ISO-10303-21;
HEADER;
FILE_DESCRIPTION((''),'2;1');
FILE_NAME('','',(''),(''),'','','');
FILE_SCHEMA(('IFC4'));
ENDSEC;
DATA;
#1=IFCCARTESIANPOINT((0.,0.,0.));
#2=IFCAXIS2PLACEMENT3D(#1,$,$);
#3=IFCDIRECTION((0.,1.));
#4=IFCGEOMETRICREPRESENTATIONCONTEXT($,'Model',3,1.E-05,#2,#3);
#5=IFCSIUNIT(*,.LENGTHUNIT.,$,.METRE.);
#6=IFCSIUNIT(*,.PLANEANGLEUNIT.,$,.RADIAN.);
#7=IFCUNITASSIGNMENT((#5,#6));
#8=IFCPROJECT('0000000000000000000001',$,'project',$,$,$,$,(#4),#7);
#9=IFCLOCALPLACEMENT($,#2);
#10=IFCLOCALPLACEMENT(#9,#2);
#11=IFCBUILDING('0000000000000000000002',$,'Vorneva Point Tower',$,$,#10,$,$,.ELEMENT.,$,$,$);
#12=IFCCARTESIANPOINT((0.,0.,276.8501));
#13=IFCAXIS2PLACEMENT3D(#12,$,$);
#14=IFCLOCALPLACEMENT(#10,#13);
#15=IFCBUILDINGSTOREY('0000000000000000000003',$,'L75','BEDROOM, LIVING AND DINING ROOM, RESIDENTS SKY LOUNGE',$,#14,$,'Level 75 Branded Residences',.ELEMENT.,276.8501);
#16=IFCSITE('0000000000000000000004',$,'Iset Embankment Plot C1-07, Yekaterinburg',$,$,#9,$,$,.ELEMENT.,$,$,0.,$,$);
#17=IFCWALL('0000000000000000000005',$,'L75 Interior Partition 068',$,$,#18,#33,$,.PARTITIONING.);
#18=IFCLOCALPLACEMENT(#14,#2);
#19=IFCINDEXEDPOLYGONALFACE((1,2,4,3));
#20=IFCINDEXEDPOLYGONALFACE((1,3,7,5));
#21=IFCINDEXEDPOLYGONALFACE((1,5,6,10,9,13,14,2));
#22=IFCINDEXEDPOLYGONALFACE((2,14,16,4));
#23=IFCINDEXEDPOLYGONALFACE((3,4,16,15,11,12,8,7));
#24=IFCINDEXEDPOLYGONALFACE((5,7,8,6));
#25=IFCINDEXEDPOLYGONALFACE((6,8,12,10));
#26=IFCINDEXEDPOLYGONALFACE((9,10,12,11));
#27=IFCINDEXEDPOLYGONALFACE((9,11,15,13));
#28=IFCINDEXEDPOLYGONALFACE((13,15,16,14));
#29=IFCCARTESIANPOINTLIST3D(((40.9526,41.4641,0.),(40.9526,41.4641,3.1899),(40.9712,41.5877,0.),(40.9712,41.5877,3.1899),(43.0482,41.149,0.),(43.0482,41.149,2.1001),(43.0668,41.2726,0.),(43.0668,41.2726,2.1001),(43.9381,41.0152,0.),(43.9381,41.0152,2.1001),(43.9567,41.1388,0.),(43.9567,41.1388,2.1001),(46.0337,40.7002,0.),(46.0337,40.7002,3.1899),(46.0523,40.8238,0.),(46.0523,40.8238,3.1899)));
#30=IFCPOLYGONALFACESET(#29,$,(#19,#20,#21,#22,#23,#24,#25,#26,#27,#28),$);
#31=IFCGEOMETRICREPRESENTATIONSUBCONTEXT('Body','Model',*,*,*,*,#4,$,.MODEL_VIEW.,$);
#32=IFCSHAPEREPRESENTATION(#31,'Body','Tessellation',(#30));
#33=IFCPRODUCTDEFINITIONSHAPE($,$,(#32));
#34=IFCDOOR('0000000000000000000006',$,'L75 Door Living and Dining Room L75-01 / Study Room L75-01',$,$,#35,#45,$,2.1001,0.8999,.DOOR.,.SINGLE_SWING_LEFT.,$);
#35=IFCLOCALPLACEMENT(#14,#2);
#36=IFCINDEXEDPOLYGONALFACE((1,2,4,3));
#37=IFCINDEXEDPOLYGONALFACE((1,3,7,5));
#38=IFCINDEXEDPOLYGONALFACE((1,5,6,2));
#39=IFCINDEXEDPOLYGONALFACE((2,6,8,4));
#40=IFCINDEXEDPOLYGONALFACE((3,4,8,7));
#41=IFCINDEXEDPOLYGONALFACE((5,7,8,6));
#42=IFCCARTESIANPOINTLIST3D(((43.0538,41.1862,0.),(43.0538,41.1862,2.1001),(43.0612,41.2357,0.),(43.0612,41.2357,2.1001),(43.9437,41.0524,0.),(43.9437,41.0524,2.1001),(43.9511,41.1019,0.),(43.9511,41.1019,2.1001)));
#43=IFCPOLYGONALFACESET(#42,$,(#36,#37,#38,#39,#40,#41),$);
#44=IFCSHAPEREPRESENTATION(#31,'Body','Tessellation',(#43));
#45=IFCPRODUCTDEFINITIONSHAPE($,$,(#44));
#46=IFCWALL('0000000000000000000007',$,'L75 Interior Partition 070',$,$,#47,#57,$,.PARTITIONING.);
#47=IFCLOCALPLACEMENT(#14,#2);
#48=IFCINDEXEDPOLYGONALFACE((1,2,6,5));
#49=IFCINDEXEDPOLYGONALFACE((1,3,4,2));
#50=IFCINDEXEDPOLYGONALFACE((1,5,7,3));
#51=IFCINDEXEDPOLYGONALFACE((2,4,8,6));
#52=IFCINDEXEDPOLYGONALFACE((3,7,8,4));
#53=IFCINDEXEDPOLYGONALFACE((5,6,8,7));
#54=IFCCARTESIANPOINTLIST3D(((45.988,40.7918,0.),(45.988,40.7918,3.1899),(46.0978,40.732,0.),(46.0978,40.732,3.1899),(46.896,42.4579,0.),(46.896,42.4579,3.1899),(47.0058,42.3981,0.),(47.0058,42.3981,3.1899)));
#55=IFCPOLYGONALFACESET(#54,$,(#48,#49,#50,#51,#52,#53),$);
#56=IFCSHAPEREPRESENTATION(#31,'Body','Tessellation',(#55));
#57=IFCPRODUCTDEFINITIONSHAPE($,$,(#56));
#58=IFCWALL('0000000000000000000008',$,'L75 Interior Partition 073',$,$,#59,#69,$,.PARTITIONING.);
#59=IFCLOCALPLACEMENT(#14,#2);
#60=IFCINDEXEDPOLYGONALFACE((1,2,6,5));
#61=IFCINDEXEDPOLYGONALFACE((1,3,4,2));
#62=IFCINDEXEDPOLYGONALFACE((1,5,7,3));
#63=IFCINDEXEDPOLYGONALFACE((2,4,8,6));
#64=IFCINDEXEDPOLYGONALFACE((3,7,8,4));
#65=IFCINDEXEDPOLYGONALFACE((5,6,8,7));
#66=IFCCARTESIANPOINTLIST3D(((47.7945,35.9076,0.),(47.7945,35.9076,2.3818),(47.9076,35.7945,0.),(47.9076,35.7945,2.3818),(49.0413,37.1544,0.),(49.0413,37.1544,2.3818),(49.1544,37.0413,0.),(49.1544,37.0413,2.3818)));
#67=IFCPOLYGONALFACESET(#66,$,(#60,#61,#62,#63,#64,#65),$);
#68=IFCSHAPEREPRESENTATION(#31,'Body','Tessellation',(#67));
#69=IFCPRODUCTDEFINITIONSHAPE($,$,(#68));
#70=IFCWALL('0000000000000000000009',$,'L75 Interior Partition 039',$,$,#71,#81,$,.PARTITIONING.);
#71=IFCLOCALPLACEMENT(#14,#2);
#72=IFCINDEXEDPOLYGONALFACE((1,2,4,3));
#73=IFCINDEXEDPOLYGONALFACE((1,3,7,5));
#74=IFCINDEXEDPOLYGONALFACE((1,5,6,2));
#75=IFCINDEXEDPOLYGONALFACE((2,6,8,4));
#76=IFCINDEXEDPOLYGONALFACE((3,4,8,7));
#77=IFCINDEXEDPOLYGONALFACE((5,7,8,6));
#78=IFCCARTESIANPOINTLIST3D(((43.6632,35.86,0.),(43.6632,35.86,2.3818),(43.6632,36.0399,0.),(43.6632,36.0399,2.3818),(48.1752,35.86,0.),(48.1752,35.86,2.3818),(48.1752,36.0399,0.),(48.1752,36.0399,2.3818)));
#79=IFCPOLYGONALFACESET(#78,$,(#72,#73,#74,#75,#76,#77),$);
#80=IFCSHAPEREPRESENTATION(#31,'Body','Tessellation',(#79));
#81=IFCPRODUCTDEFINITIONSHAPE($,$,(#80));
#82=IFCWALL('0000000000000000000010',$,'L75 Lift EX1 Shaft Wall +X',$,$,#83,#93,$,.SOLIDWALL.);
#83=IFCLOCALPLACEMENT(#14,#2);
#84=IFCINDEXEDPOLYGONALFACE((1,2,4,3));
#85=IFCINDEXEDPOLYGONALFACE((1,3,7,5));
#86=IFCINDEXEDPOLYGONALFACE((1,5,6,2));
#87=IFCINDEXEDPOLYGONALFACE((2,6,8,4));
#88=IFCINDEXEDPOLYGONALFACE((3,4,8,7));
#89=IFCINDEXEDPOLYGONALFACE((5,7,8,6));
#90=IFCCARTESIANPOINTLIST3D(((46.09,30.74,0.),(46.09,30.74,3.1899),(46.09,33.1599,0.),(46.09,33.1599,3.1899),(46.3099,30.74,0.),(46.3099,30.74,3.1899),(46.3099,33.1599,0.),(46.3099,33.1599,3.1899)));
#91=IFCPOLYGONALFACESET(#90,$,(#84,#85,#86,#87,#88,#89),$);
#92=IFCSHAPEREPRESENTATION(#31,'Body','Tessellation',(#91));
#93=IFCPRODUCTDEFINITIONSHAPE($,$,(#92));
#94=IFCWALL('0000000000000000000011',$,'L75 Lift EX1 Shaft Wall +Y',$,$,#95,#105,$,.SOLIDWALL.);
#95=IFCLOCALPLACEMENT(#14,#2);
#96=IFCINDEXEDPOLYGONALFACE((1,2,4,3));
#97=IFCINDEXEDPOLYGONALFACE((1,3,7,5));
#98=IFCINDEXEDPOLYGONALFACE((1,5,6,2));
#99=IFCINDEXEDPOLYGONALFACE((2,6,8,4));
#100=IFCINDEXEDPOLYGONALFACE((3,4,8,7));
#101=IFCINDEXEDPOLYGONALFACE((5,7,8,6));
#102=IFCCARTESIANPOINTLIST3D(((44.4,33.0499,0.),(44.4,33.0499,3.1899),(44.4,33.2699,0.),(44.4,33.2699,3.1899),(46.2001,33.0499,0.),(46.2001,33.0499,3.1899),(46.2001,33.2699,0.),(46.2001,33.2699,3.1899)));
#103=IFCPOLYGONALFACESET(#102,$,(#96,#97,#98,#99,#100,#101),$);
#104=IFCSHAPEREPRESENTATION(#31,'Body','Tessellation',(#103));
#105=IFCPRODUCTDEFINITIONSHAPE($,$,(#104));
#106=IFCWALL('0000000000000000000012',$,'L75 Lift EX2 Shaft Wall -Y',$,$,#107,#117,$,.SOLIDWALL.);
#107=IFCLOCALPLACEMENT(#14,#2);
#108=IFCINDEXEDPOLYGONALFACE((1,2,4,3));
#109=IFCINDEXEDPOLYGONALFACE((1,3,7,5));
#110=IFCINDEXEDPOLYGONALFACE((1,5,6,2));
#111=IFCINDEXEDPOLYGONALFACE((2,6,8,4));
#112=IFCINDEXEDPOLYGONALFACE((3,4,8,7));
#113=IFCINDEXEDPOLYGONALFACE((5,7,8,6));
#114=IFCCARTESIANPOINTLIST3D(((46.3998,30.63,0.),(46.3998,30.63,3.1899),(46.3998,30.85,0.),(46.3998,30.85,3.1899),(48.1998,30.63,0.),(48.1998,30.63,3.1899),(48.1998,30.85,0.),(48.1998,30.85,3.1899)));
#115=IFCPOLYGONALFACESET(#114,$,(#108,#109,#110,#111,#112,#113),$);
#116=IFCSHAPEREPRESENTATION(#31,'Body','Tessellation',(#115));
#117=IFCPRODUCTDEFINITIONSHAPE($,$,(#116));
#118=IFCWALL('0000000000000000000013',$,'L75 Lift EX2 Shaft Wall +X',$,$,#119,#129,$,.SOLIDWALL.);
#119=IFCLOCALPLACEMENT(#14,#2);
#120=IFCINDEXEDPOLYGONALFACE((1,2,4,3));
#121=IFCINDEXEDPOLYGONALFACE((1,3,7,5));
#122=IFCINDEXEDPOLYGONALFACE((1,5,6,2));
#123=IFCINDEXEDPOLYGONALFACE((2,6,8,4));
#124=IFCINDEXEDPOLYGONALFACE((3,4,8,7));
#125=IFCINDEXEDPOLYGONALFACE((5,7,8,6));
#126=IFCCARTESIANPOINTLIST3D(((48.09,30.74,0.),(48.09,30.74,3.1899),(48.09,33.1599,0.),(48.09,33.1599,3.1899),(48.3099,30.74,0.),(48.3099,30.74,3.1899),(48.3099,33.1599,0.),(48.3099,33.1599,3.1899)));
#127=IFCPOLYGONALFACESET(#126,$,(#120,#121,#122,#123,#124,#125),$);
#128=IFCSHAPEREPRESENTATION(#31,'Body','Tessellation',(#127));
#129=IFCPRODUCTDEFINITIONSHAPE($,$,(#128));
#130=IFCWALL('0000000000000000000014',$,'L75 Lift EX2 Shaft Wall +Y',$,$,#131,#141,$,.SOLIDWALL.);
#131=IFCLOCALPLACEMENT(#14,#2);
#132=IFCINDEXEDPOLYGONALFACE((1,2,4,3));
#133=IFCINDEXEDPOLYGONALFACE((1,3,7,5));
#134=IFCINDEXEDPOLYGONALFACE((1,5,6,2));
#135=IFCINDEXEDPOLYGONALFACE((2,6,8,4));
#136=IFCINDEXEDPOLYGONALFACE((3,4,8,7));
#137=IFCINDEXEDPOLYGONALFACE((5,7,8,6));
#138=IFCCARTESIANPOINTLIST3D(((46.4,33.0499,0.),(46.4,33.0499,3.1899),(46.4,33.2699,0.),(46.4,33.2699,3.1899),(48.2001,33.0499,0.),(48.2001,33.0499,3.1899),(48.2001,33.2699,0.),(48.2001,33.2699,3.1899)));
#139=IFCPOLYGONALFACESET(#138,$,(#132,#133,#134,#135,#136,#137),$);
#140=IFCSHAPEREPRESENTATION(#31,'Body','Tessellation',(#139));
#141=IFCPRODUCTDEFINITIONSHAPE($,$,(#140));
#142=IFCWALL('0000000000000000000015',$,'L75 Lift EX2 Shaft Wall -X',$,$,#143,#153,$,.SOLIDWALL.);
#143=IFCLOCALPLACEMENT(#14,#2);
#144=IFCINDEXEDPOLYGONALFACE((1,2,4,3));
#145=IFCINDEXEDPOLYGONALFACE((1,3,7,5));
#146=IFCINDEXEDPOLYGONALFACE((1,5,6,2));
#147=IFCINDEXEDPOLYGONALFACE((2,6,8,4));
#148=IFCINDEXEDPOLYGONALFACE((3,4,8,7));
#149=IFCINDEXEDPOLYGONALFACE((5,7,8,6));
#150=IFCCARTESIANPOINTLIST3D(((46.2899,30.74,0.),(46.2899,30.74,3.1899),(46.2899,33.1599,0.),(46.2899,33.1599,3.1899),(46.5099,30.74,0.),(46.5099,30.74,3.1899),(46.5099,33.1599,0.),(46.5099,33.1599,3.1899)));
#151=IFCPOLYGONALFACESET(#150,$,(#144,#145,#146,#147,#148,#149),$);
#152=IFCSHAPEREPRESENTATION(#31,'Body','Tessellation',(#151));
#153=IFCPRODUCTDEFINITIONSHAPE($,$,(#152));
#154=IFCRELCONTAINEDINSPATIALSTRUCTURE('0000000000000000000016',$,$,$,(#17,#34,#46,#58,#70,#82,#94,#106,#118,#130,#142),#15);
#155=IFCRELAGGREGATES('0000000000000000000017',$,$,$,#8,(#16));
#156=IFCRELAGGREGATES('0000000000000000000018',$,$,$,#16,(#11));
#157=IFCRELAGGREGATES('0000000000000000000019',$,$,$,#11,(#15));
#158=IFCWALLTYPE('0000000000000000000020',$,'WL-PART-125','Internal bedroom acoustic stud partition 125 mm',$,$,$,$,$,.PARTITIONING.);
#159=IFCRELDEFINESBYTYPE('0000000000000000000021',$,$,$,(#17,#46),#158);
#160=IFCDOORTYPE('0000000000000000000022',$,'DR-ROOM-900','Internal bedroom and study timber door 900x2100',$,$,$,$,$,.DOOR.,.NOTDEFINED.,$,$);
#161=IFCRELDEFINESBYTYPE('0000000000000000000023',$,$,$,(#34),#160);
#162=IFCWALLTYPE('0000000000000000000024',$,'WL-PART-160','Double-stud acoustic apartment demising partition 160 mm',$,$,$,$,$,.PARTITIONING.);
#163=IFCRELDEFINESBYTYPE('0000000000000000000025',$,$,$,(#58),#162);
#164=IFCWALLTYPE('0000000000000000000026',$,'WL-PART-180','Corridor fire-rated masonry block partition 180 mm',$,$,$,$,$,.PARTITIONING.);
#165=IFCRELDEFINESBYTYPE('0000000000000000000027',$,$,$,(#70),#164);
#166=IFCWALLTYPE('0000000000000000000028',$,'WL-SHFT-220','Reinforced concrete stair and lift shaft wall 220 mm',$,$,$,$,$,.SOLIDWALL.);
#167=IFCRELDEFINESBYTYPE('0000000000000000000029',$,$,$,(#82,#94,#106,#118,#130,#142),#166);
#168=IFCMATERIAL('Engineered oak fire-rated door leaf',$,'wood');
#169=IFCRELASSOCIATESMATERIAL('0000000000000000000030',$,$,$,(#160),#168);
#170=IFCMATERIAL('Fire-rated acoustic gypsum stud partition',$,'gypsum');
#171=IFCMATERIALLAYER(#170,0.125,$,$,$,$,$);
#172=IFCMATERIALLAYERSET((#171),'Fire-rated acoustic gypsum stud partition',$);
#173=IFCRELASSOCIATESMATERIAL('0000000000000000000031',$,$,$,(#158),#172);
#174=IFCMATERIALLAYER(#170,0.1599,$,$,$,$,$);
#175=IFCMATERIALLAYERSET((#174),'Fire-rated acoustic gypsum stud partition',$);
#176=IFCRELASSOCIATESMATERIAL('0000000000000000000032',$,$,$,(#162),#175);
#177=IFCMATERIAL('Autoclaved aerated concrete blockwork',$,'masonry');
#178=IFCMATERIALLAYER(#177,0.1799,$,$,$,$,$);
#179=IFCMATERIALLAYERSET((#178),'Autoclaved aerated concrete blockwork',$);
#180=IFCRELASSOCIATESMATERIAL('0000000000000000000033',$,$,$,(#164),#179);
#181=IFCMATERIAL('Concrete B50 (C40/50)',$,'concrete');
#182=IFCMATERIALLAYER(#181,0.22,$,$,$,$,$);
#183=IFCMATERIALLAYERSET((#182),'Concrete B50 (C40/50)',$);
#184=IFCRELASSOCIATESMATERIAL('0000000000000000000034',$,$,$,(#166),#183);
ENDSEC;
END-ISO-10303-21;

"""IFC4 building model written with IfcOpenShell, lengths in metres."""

from ifc_helpers import new_model, si_unit, direction, frame, frame_2d, origin, place, context, subcontext, project, spatial, rectangle, extrude, material, layer, layer_set, type_object, element, fill, save


model = new_model("IFC4")

# Units and contexts
model_context = context("Model", 3, precision=1e-05, world=origin(), true_north=direction((0.0, 1.0)))
body_context = subcontext(model_context, "Body", "Model", "MODEL_VIEW")
ifc_project = project(units=[si_unit("LENGTHUNIT", "METRE"), si_unit("PLANEANGLEUNIT", "RADIAN")], contexts=[model_context])

# Site, building, storey
site_placement = place(None, origin())
site = spatial("IfcSite", under=ifc_project, at=site_placement, Name="Iset Embankment Plot C1-07, Yekaterinburg", CompositionType="ELEMENT", RefElevation=0.0)
building_placement = place(site_placement, origin())
building = spatial("IfcBuilding", under=site, at=building_placement, Name="Vorneva Point Tower", CompositionType="ELEMENT")
storey_placement = place(building_placement, frame((0.0, 0.0, 276.8501)))
storey = spatial("IfcBuildingStorey", under=building, at=storey_placement, Name="L75", Description="BEDROOM, LIVING AND DINING ROOM, RESIDENTS SKY LOUNGE", LongName="Level 75 Branded Residences", CompositionType="ELEMENT", Elevation=276.8501)

# Shared definitions
ifc_material_1 = material(Name="Concrete B50 (C40/50)", Category="concrete")

# Shared definitions
ifc_material_2 = material(Name="Fire-rated acoustic gypsum stud partition", Category="gypsum")

# Wall, opening, door
ifc_material_3 = material(Name="Engineered oak fire-rated door leaf", Category="wood")
door_type = type_object("IfcDoorType", Name="DR-ROOM-900", Description="Internal bedroom and study timber door 900x2100", OperationType="NOTDEFINED", PredefinedType="DOOR", material=ifc_material_3)
ifc_layer_1 = layer(ifc_material_2, 0.125)
ifc_layer_set_1 = layer_set([ifc_layer_1], Name="Fire-rated acoustic gypsum stud partition")
wall_type_1 = type_object("IfcWallType", Name="WL-PART-125", Description="Internal bedroom acoustic stud partition 125 mm", PredefinedType="PARTITIONING", material=ifc_layer_set_1)
wall_1_placement = place(storey_placement, frame((46.043, 40.762, 0.0), z_axis=(0.0, 0.0, 1.0), x_axis=(-0.988886, 0.148675, 0.0)))
wall_1 = element("IfcWall", 1, at=wall_1_placement, inside=storey, type_object=wall_type_1, Name="L75 Interior Partition 068", PredefinedType="PARTITIONING", context=body_context, shape_type="SweptSolid", body=[
    extrude(rectangle(XDim=5.1382, YDim=0.125, at=frame_2d((2.5691, 0.0))), origin(), (0.0, 0.0, 1.0), 3.1899),
])
opening_1_placement = place(wall_1_placement, frame((2.1191, 0.0, 0.0)))
opening_1 = element("IfcOpeningElement", 2, at=opening_1_placement, cuts=wall_1, PredefinedType="OPENING", context=body_context, shape_type="SweptSolid", body=[
    extrude(rectangle(XDim=0.8999, YDim=2.1001, at=frame_2d((0.45, 1.05))), frame((0.0, 0.0774, 0.0), z_axis=(0.0, -1.0, 0.0), x_axis=(1.0, 0.0, 0.0)), (0.0, 0.0, 1.0), 0.1548),
])
door_1_placement = place(opening_1_placement, origin())
door_1 = element("IfcDoor", 3, at=door_1_placement, inside=storey, type_object=door_type, Name="L75 Door Living and Dining Room L75-01 / Study Room L75-01", OperationType="SINGLE_SWING_LEFT", OverallHeight=2.1001, OverallWidth=0.8999, PredefinedType="DOOR", context=body_context, shape_type="SweptSolid", body=[
    extrude(rectangle(XDim=0.8999, YDim=2.1001, at=frame_2d((0.45, 1.05))), frame((0.0, 0.0249, 0.0), z_axis=(0.0, -1.0, 0.0), x_axis=(1.0, 0.0, 0.0)), (0.0, 0.0, 1.0), 0.05),
])
fill(opening_1, door_1)

# Walls
wall_2_placement = place(storey_placement, frame((46.9509, 42.428, 0.0), z_axis=(0.0, 0.0, 1.0), x_axis=(-0.478537, -0.878068, 0.0)))
element("IfcWall", 4, at=wall_2_placement, inside=storey, type_object=wall_type_1, Name="L75 Interior Partition 070", PredefinedType="PARTITIONING", context=body_context, shape_type="SweptSolid", body=[
    extrude(rectangle(XDim=1.8975, YDim=0.125, at=frame_2d((0.9487, 0.0))), origin(), (0.0, 0.0, 1.0), 3.1899),
])
ifc_layer_2 = layer(ifc_material_2, 0.1599)
ifc_layer_set_2 = layer_set([ifc_layer_2], Name="Fire-rated acoustic gypsum stud partition")
wall_type_2 = type_object("IfcWallType", Name="WL-PART-160", Description="Double-stud acoustic apartment demising partition 160 mm", PredefinedType="PARTITIONING", material=ifc_layer_set_2)
wall_3_placement = place(storey_placement, frame((47.8511, 35.8511, 0.0), z_axis=(0.0, 0.0, 1.0), x_axis=(0.707107, 0.707107, 0.0)))
element("IfcWall", 5, at=wall_3_placement, inside=storey, type_object=wall_type_2, Name="L75 Interior Partition 073", PredefinedType="PARTITIONING", context=body_context, shape_type="SweptSolid", body=[
    extrude(rectangle(XDim=1.7632, YDim=0.1599, at=frame_2d((0.8816, 0.0))), origin(), (0.0, 0.0, 1.0), 2.3818),
])
ifc_material_4 = material(Name="Autoclaved aerated concrete blockwork", Category="masonry")
ifc_layer_3 = layer(ifc_material_4, 0.1799)
ifc_layer_set_3 = layer_set([ifc_layer_3], Name="Autoclaved aerated concrete blockwork")
wall_type_3 = type_object("IfcWallType", Name="WL-PART-180", Description="Corridor fire-rated masonry block partition 180 mm", PredefinedType="PARTITIONING", material=ifc_layer_set_3)
wall_4_placement = place(storey_placement, frame((48.175, 35.95, 0.0), z_axis=(0.0, 0.0, 1.0), x_axis=(-1.0, 0.0, 0.0)))
element("IfcWall", 6, at=wall_4_placement, inside=storey, type_object=wall_type_3, Name="L75 Interior Partition 039", PredefinedType="PARTITIONING", context=body_context, shape_type="SweptSolid", body=[
    extrude(rectangle(XDim=4.512, YDim=0.1799, at=frame_2d((2.2559, 0.0))), origin(), (0.0, 0.0, 1.0), 2.3818),
])
ifc_layer_4 = layer(ifc_material_1, 0.22)
ifc_layer_set_4 = layer_set([ifc_layer_4], Name="Concrete B50 (C40/50)")
wall_type_4 = type_object("IfcWallType", Name="WL-SHFT-220", Description="Reinforced concrete stair and lift shaft wall 220 mm", PredefinedType="SOLIDWALL", material=ifc_layer_set_4)
wall_5_placement = place(storey_placement, frame((46.2, 30.74, 0.0), z_axis=(0.0, 0.0, 1.0), x_axis=(0.0, 1.0, 0.0)))
element("IfcWall", 7, at=wall_5_placement, inside=storey, type_object=wall_type_4, Name="L75 Lift EX1 Shaft Wall +X", PredefinedType="SOLIDWALL", context=body_context, shape_type="SweptSolid", body=[
    extrude(rectangle(XDim=2.4199, YDim=0.22, at=frame_2d((1.21, 0.0))), origin(), (0.0, 0.0, 1.0), 3.1899),
])
for number, where, z_axis, x_axis, name in (
    (8, (46.2, 33.1599, 0.0), (0.0, 0.0, 1.0), (-1.0, 0.0, 0.0), "L75 Lift EX1 Shaft Wall +Y"),
    (9, (46.3999, 30.74, 0.0), (0.0, 0.0, 1.0), (1.0, 0.0, 0.0), "L75 Lift EX2 Shaft Wall -Y"),
):
    element("IfcWall", number, at=place(storey_placement, frame(where, z_axis=z_axis, x_axis=x_axis)), inside=storey, type_object=wall_type_4, Name=name, PredefinedType="SOLIDWALL", context=body_context, shape_type="SweptSolid", body=[
        extrude(rectangle(XDim=1.8, YDim=0.22, at=frame_2d((0.8999, 0.0))), origin(), (0.0, 0.0, 1.0), 3.1899),
    ])
wall_6_placement = place(storey_placement, frame((48.2, 30.74, 0.0), z_axis=(0.0, 0.0, 1.0), x_axis=(0.0, 1.0, 0.0)))
element("IfcWall", 10, at=wall_6_placement, inside=storey, type_object=wall_type_4, Name="L75 Lift EX2 Shaft Wall +X", PredefinedType="SOLIDWALL", context=body_context, shape_type="SweptSolid", body=[
    extrude(rectangle(XDim=2.4199, YDim=0.22, at=frame_2d((1.21, 0.0))), origin(), (0.0, 0.0, 1.0), 3.1899),
])
wall_7_placement = place(storey_placement, frame((48.2, 33.1599, 0.0), z_axis=(0.0, 0.0, 1.0), x_axis=(-1.0, 0.0, 0.0)))
element("IfcWall", 11, at=wall_7_placement, inside=storey, type_object=wall_type_4, Name="L75 Lift EX2 Shaft Wall +Y", PredefinedType="SOLIDWALL", context=body_context, shape_type="SweptSolid", body=[
    extrude(rectangle(XDim=1.8, YDim=0.22, at=frame_2d((0.8999, 0.0))), origin(), (0.0, 0.0, 1.0), 3.1899),
])
wall_8_placement = place(storey_placement, frame((46.3999, 33.1599, 0.0), z_axis=(0.0, 0.0, 1.0), x_axis=(0.0, -1.0, 0.0)))
element("IfcWall", 12, at=wall_8_placement, inside=storey, type_object=wall_type_4, Name="L75 Lift EX2 Shaft Wall -X", PredefinedType="SOLIDWALL", context=body_context, shape_type="SweptSolid", body=[
    extrude(rectangle(XDim=2.4199, YDim=0.22, at=frame_2d((1.21, 0.0))), origin(), (0.0, 0.0, 1.0), 3.1899),
])

save(model, "model.ifc")
